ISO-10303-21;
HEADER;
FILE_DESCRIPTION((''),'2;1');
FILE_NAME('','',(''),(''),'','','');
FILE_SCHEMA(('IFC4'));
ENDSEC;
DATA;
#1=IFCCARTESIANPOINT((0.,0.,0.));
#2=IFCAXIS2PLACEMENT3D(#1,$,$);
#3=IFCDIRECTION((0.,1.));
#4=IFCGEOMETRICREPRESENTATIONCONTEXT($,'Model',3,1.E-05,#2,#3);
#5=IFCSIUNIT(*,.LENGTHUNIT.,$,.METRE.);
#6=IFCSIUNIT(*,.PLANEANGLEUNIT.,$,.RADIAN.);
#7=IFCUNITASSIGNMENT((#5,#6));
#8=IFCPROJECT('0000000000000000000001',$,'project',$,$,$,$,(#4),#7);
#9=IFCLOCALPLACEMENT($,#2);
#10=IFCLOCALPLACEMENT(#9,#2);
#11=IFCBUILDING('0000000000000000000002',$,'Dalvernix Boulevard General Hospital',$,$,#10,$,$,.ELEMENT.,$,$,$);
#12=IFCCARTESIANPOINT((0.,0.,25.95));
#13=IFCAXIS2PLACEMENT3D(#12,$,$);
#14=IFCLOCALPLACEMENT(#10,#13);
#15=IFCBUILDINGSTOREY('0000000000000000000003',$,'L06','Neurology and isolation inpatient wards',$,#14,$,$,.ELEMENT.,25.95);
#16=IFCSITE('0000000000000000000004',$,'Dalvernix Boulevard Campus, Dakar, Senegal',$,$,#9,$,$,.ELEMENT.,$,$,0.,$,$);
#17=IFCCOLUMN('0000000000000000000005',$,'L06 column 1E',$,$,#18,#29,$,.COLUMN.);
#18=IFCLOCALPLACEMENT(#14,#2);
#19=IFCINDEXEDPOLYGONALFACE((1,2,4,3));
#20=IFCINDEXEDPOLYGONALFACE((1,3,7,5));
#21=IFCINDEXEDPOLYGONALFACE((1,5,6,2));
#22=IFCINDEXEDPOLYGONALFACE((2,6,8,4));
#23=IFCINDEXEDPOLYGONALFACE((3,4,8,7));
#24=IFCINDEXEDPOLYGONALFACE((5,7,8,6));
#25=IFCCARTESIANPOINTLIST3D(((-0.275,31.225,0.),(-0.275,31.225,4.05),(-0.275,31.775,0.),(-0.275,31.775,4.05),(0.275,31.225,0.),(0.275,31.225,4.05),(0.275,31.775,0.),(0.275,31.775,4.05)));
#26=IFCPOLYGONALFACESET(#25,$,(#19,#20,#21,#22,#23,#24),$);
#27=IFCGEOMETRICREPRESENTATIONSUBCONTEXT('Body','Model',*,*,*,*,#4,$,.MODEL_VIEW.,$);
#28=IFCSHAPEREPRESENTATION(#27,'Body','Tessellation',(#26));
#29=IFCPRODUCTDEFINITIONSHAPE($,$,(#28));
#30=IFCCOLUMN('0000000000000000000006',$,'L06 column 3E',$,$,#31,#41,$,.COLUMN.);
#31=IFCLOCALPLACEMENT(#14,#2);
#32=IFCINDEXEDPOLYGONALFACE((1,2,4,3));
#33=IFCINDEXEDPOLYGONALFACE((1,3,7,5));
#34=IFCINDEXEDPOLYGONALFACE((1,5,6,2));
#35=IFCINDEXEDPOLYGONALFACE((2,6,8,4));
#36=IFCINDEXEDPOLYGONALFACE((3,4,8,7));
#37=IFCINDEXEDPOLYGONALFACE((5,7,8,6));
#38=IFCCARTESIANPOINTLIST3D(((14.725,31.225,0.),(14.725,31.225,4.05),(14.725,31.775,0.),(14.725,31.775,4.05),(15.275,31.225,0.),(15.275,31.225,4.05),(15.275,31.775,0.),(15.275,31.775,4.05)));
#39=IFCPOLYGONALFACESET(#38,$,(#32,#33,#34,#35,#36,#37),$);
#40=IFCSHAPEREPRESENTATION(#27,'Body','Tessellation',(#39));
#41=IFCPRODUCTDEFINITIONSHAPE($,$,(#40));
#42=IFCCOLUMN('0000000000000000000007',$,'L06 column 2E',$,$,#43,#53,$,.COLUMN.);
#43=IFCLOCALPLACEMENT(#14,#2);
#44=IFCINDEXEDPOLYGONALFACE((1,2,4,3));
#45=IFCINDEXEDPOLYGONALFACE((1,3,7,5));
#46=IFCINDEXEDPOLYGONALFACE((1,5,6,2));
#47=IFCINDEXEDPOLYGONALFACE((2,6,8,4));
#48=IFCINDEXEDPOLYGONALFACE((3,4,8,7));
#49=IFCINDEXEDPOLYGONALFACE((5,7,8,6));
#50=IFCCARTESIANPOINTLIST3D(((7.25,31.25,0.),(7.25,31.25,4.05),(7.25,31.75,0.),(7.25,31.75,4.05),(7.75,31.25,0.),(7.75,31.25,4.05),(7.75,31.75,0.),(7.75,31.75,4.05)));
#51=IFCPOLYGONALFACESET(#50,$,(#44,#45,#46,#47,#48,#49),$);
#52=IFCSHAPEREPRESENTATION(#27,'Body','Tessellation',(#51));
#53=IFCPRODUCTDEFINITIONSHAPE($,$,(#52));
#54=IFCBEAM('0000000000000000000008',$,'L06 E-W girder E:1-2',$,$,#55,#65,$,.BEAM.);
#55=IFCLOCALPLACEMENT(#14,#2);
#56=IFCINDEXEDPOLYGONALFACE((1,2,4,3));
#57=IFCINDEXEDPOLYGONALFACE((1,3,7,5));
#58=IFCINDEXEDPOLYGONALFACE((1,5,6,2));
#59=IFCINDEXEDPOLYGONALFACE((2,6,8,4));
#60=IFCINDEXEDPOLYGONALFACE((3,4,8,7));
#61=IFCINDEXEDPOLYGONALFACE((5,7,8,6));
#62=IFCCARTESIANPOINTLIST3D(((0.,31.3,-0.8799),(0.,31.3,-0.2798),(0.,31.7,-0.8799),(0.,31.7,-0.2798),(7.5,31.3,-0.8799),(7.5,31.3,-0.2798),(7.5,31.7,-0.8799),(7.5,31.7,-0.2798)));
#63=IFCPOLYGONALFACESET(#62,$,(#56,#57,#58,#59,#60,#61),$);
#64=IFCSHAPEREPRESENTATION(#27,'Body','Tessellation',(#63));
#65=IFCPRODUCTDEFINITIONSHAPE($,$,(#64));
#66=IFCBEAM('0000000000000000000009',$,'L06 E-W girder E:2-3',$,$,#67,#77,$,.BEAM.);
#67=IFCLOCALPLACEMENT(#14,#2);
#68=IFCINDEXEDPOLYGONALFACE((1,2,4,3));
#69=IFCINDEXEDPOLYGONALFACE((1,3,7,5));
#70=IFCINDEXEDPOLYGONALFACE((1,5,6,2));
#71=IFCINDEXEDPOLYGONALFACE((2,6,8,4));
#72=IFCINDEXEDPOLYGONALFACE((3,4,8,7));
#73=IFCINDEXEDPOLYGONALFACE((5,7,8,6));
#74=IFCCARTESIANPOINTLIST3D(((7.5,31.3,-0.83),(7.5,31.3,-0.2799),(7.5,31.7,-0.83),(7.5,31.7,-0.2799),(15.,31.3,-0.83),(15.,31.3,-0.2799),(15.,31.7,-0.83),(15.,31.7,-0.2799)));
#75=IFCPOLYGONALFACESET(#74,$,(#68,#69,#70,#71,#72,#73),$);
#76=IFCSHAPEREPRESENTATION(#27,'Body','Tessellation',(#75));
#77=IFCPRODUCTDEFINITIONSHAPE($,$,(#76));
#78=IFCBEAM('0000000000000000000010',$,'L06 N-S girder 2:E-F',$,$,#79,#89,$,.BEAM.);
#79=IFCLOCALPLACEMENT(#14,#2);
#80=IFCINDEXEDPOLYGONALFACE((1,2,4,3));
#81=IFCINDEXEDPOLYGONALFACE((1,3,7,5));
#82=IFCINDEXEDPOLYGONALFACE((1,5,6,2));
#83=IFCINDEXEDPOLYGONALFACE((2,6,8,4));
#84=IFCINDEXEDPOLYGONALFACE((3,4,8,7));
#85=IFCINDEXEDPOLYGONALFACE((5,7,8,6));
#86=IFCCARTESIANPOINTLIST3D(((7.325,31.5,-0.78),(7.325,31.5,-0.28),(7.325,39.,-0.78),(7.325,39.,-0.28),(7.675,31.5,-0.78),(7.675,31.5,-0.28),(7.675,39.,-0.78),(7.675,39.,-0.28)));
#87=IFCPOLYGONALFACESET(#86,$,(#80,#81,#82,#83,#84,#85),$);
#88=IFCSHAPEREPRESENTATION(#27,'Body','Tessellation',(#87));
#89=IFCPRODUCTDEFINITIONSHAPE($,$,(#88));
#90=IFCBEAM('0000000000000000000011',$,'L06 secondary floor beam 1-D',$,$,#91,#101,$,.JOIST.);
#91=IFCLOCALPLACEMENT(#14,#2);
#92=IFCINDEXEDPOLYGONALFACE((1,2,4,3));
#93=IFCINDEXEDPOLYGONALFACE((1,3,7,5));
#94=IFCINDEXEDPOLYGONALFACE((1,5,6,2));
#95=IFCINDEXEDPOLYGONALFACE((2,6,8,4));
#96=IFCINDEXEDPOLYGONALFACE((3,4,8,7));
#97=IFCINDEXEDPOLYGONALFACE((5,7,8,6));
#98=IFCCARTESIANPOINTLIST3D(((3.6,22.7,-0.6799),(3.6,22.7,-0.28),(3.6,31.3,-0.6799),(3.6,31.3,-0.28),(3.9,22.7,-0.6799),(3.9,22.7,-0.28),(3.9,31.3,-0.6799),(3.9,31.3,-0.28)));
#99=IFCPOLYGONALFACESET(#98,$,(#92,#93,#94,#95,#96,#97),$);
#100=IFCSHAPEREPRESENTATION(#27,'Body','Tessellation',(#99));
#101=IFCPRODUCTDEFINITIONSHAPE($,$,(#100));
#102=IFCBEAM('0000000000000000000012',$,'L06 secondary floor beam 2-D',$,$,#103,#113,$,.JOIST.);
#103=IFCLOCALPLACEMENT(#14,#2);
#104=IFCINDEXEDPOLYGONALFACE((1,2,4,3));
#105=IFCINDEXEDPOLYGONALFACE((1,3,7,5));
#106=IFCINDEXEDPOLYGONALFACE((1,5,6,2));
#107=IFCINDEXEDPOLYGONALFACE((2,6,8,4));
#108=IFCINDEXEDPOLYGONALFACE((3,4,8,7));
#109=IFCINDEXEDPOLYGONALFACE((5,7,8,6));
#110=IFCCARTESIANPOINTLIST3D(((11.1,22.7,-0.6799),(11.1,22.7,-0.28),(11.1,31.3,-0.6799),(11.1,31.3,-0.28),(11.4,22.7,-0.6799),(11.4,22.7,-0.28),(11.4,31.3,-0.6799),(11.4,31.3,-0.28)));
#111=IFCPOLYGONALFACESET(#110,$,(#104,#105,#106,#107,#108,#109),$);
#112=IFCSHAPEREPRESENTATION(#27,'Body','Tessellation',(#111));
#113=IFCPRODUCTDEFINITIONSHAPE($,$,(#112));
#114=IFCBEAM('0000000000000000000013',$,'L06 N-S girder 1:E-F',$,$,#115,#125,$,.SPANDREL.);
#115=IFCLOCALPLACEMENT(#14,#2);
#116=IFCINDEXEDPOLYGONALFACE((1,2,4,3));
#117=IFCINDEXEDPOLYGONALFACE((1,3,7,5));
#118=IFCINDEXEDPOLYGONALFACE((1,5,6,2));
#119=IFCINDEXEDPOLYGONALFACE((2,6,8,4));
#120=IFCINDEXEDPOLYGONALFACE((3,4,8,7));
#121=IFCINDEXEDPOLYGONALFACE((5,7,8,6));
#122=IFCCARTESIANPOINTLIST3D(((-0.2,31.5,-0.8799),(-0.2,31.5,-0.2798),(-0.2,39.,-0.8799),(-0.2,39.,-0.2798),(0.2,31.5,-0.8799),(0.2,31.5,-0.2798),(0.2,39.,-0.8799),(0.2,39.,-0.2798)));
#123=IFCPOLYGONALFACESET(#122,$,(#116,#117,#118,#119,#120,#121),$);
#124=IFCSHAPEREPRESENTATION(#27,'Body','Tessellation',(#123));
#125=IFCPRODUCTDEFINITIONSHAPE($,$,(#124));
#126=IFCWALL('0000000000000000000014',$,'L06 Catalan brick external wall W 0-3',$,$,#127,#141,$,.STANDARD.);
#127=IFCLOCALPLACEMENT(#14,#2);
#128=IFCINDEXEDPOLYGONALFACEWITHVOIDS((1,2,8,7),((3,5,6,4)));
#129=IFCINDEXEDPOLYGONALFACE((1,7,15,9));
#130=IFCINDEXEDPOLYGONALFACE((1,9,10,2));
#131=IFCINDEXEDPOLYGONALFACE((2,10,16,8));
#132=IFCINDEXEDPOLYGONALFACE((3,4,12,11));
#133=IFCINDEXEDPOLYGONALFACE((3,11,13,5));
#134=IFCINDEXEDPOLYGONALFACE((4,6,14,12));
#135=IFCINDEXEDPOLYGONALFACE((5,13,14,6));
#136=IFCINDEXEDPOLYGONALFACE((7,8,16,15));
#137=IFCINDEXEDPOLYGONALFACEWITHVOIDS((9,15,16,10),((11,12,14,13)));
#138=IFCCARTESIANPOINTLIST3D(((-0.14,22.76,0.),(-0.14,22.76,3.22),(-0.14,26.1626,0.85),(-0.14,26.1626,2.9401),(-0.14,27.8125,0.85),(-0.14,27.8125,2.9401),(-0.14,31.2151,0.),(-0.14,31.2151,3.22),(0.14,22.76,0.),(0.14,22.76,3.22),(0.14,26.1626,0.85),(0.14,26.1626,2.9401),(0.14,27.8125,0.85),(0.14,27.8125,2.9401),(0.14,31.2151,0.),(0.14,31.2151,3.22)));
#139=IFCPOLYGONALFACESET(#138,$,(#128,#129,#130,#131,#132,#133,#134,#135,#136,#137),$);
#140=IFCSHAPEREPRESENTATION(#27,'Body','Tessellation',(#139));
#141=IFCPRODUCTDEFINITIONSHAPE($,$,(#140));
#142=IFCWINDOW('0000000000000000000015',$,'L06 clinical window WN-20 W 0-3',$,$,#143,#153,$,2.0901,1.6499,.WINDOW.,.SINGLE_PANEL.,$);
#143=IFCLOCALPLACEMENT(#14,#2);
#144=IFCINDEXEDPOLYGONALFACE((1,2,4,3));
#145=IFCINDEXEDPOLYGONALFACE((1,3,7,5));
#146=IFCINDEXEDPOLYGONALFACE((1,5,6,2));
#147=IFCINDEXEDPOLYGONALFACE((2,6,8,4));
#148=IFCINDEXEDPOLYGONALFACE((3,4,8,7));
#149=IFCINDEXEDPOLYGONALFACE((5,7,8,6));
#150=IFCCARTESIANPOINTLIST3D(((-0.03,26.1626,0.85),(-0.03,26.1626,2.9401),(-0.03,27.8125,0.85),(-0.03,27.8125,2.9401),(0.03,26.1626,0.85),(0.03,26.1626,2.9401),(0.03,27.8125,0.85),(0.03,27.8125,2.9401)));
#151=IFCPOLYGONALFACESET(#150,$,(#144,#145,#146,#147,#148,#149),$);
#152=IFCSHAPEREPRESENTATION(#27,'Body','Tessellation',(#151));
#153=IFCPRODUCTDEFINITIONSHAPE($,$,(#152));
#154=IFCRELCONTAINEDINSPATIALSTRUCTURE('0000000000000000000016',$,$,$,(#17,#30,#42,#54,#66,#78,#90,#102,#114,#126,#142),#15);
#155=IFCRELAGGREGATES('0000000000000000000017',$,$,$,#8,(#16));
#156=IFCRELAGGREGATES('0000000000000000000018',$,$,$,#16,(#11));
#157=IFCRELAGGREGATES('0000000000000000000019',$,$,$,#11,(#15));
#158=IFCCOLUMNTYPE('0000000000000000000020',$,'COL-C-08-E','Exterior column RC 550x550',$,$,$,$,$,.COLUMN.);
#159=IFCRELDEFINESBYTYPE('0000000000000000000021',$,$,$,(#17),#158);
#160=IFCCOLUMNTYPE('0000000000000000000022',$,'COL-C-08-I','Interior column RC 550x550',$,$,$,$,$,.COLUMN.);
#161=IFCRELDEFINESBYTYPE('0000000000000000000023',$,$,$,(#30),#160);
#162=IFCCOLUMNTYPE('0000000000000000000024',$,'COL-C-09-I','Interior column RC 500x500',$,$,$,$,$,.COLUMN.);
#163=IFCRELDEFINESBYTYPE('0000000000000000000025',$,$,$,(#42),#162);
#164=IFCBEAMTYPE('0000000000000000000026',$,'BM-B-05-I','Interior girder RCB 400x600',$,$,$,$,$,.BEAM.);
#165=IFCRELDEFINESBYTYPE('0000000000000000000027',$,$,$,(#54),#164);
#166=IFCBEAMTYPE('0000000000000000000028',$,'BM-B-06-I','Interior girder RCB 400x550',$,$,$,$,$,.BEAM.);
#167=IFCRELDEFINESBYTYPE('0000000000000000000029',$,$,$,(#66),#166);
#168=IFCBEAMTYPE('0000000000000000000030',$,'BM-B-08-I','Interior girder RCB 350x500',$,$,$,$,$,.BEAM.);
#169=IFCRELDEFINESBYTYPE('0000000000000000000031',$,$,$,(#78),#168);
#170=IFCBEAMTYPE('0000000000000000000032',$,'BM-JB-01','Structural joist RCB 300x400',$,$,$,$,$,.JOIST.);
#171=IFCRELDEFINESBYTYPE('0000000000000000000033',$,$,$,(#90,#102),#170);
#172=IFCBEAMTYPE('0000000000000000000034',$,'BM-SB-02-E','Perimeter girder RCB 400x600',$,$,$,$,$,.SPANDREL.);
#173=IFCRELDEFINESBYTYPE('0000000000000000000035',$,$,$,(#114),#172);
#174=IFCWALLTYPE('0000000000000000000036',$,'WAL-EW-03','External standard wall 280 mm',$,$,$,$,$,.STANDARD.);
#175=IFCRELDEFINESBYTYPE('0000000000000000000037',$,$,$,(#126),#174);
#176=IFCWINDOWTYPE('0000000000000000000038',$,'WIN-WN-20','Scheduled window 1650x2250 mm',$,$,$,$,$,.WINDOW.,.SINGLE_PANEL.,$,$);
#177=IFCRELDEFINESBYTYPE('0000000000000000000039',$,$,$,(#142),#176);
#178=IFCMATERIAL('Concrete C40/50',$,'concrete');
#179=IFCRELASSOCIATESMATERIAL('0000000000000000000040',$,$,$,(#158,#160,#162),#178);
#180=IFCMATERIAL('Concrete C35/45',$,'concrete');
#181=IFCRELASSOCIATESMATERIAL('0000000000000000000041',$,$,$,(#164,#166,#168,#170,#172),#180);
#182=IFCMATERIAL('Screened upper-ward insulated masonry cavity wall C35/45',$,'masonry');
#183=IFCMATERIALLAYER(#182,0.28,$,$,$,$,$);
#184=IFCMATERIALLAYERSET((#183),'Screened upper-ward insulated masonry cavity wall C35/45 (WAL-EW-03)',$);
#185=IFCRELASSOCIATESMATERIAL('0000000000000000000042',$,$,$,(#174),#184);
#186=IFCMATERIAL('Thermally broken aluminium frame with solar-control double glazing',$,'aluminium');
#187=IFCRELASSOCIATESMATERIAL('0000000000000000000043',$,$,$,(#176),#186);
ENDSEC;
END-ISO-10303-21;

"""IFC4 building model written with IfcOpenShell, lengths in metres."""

from ifc_helpers import new_model, si_unit, direction, frame, frame_2d, origin, origin_2d, place, context, subcontext, project, spatial, rectangle, extrude, material, layer, layer_set, material_profile, profile_set, type_object, element, fill, save


model = new_model("IFC4")

# Units and contexts
model_context = context("Model", 3, precision=1e-05, world=origin(), true_north=direction((0.0, 1.0)))
body_context = subcontext(model_context, "Body", "Model", "MODEL_VIEW")
ifc_project = project(units=[si_unit("LENGTHUNIT", "METRE"), si_unit("PLANEANGLEUNIT", "RADIAN")], contexts=[model_context])

# Site, building, storey
site_placement = place(None, origin())
site = spatial("IfcSite", under=ifc_project, at=site_placement, Name="Dalvernix Boulevard Campus, Dakar, Senegal", CompositionType="ELEMENT", RefElevation=0.0)
building_placement = place(site_placement, origin())
building = spatial("IfcBuilding", under=site, at=building_placement, Name="Dalvernix Boulevard General Hospital", CompositionType="ELEMENT")
storey_placement = place(building_placement, frame((0.0, 0.0, 25.95)))
storey = spatial("IfcBuildingStorey", under=building, at=storey_placement, Name="L06", Description="Neurology and isolation inpatient wards", CompositionType="ELEMENT", Elevation=25.95)

# Columns
ifc_material_1 = material(Name="Concrete C40/50", Category="concrete")
ifc_material_profile_1 = material_profile(ifc_material_1, rectangle(XDim=0.55, YDim=0.55, at=origin_2d()), Name="RC 550x550")
ifc_profile_set_1 = profile_set([ifc_material_profile_1], Name="Concrete C40/50")
column_type_1 = type_object("IfcColumnType", Name="COL-C-08-E", Description="Exterior column RC 550x550", PredefinedType="COLUMN", material=ifc_profile_set_1)
column_1_placement = place(storey_placement, frame((0.0, 31.5, 0.0), z_axis=(0.0, 0.0, 1.0), x_axis=(1.0, 0.0, 0.0)))
element("IfcColumn", 1, at=column_1_placement, inside=storey, type_object=column_type_1, Name="L06 column 1E", PredefinedType="COLUMN", context=body_context, shape_type="SweptSolid", body=[
    extrude(rectangle(XDim=0.55, YDim=0.55, at=origin_2d()), origin(), (0.0, 0.0, 1.0), 4.05),
])
ifc_material_profile_2 = material_profile(ifc_material_1, rectangle(XDim=0.55, YDim=0.55, at=origin_2d()), Name="RC 550x550")
ifc_profile_set_2 = profile_set([ifc_material_profile_2], Name="Concrete C40/50")
column_type_2 = type_object("IfcColumnType", Name="COL-C-08-I", Description="Interior column RC 550x550", PredefinedType="COLUMN", material=ifc_profile_set_2)
column_2_placement = place(storey_placement, frame((15.0, 31.5, 0.0), z_axis=(0.0, 0.0, 1.0), x_axis=(1.0, 0.0, 0.0)))
element("IfcColumn", 2, at=column_2_placement, inside=storey, type_object=column_type_2, Name="L06 column 3E", PredefinedType="COLUMN", context=body_context, shape_type="SweptSolid", body=[
    extrude(rectangle(XDim=0.55, YDim=0.55, at=origin_2d()), origin(), (0.0, 0.0, 1.0), 4.05),
])
ifc_material_profile_3 = material_profile(ifc_material_1, rectangle(XDim=0.5, YDim=0.5, at=origin_2d()), Name="RC 500x500")
ifc_profile_set_3 = profile_set([ifc_material_profile_3], Name="Concrete C40/50")
column_type_3 = type_object("IfcColumnType", Name="COL-C-09-I", Description="Interior column RC 500x500", PredefinedType="COLUMN", material=ifc_profile_set_3)
column_3_placement = place(storey_placement, frame((7.5, 31.5, 0.0), z_axis=(0.0, 0.0, 1.0), x_axis=(1.0, 0.0, 0.0)))
element("IfcColumn", 3, at=column_3_placement, inside=storey, type_object=column_type_3, Name="L06 column 2E", PredefinedType="COLUMN", context=body_context, shape_type="SweptSolid", body=[
    extrude(rectangle(XDim=0.5, YDim=0.5, at=origin_2d()), origin(), (0.0, 0.0, 1.0), 4.05),
])

# Beams
ifc_material_2 = material(Name="Concrete C35/45", Category="concrete")
ifc_material_profile_4 = material_profile(ifc_material_2, rectangle(XDim=0.3999, YDim=0.6001, at=origin_2d()), Name="RCB 400x600")
ifc_profile_set_4 = profile_set([ifc_material_profile_4], Name="Concrete C35/45")
beam_type_1 = type_object("IfcBeamType", Name="BM-B-05-I", Description="Interior girder RCB 400x600", PredefinedType="BEAM", material=ifc_profile_set_4)
beam_1_placement = place(storey_placement, frame((0.0, 31.5, -0.5798), z_axis=(1.0, 0.0, 0.0), x_axis=(0.0, 1.0, 0.0)))
element("IfcBeam", 4, at=beam_1_placement, inside=storey, type_object=beam_type_1, Name="L06 E-W girder E:1-2", PredefinedType="BEAM", context=body_context, shape_type="SweptSolid", body=[
    extrude(rectangle(XDim=0.3999, YDim=0.6001, at=origin_2d()), origin(), (0.0, 0.0, 1.0), 7.5),
])
ifc_material_profile_5 = material_profile(ifc_material_2, rectangle(XDim=0.3999, YDim=0.55, at=origin_2d()), Name="RCB 400x550")
ifc_profile_set_5 = profile_set([ifc_material_profile_5], Name="Concrete C35/45")
beam_type_2 = type_object("IfcBeamType", Name="BM-B-06-I", Description="Interior girder RCB 400x550", PredefinedType="BEAM", material=ifc_profile_set_5)
beam_2_placement = place(storey_placement, frame((7.5, 31.5, -0.5549), z_axis=(1.0, 0.0, 0.0), x_axis=(0.0, 1.0, 0.0)))
element("IfcBeam", 5, at=beam_2_placement, inside=storey, type_object=beam_type_2, Name="L06 E-W girder E:2-3", PredefinedType="BEAM", context=body_context, shape_type="SweptSolid", body=[
    extrude(rectangle(XDim=0.3999, YDim=0.55, at=origin_2d()), origin(), (0.0, 0.0, 1.0), 7.5),
])
ifc_material_profile_6 = material_profile(ifc_material_2, rectangle(XDim=0.3501, YDim=0.5, at=origin_2d()), Name="RCB 350x500")
ifc_profile_set_6 = profile_set([ifc_material_profile_6], Name="Concrete C35/45")
beam_type_3 = type_object("IfcBeamType", Name="BM-B-08-I", Description="Interior girder RCB 350x500", PredefinedType="BEAM", material=ifc_profile_set_6)
beam_3_placement = place(storey_placement, frame((7.5, 31.5, -0.53), z_axis=(0.0, 1.0, 0.0), x_axis=(-1.0, 0.0, 0.0)))
element("IfcBeam", 6, at=beam_3_placement, inside=storey, type_object=beam_type_3, Name="L06 N-S girder 2:E-F", PredefinedType="BEAM", context=body_context, shape_type="SweptSolid", body=[
    extrude(rectangle(XDim=0.3501, YDim=0.5, at=origin_2d()), origin(), (0.0, 0.0, 1.0), 7.5),
])
ifc_material_profile_7 = material_profile(ifc_material_2, rectangle(XDim=0.3, YDim=0.3999, at=origin_2d()), Name="RCB 300x400")
ifc_profile_set_7 = profile_set([ifc_material_profile_7], Name="Concrete C35/45")
beam_type_4 = type_object("IfcBeamType", Name="BM-JB-01", Description="Structural joist RCB 300x400", PredefinedType="JOIST", material=ifc_profile_set_7)
for number, where, z_axis, x_axis, name in (
    (7, (3.75, 22.7, -0.48), (0.0, 1.0, 0.0), (-1.0, 0.0, 0.0), "L06 secondary floor beam 1-D"),
    (8, (11.25, 22.7, -0.48), (0.0, 1.0, 0.0), (-1.0, 0.0, 0.0), "L06 secondary floor beam 2-D"),
):
    element("IfcBeam", number, at=place(storey_placement, frame(where, z_axis=z_axis, x_axis=x_axis)), inside=storey, type_object=beam_type_4, Name=name, PredefinedType="JOIST", context=body_context, shape_type="SweptSolid", body=[
        extrude(rectangle(XDim=0.3, YDim=0.3999, at=origin_2d()), origin(), (0.0, 0.0, 1.0), 8.6001),
    ])
ifc_material_profile_8 = material_profile(ifc_material_2, rectangle(XDim=0.3999, YDim=0.6001, at=origin_2d()), Name="RCB 400x600")
ifc_profile_set_8 = profile_set([ifc_material_profile_8], Name="Concrete C35/45")
beam_type_5 = type_object("IfcBeamType", Name="BM-SB-02-E", Description="Perimeter girder RCB 400x600", PredefinedType="SPANDREL", material=ifc_profile_set_8)
beam_4_placement = place(storey_placement, frame((0.0, 31.5, -0.5798), z_axis=(0.0, 1.0, 0.0), x_axis=(-1.0, 0.0, 0.0)))
element("IfcBeam", 9, at=beam_4_placement, inside=storey, type_object=beam_type_5, Name="L06 N-S girder 1:E-F", PredefinedType="SPANDREL", context=body_context, shape_type="SweptSolid", body=[
    extrude(rectangle(XDim=0.3999, YDim=0.6001, at=origin_2d()), origin(), (0.0, 0.0, 1.0), 7.5),
])

# Wall, opening, window
ifc_material_3 = material(Name="Screened upper-ward insulated masonry cavity wall C35/45", Category="masonry")
ifc_layer_1 = layer(ifc_material_3, 0.28)
ifc_layer_set_1 = layer_set([ifc_layer_1], Name="Screened upper-ward insulated masonry cavity wall C35/45 (WAL-EW-03)")
wall_type_1 = type_object("IfcWallType", Name="WAL-EW-03", Description="External standard wall 280 mm", PredefinedType="STANDARD", material=ifc_layer_set_1)
wall_1_placement = place(storey_placement, frame((0.0, 22.76, 0.0), z_axis=(0.0, 0.0, 1.0), x_axis=(0.0, 1.0, 0.0)))
wall_1 = element("IfcWall", 10, at=wall_1_placement, inside=storey, type_object=wall_type_1, Name="L06 Catalan brick external wall W 0-3", PredefinedType="STANDARD", context=body_context, shape_type="SweptSolid", body=[
    extrude(rectangle(XDim=8.4551, YDim=0.28, at=frame_2d((4.2275, 0.0))), origin(), (0.0, 0.0, 1.0), 3.22),
])
opening_1_placement = place(wall_1_placement, frame((3.4026, 0.0, 0.8501)))
opening_1 = element("IfcOpeningElement", 11, at=opening_1_placement, cuts=wall_1, PredefinedType="OPENING", context=body_context, shape_type="SweptSolid", body=[
    extrude(rectangle(XDim=1.6499, YDim=2.0901, at=frame_2d((0.825, 1.0449))), frame((0.0, 0.1499, 0.0), z_axis=(0.0, -1.0, 0.0), x_axis=(1.0, 0.0, 0.0)), (0.0, 0.0, 1.0), 0.3),
])
ifc_material_4 = material(Name="Thermally broken aluminium frame with solar-control double glazing", Category="aluminium")
window_type_1 = type_object("IfcWindowType", Name="WIN-WN-20", Description="Scheduled window 1650x2250 mm", PartitioningType="SINGLE_PANEL", PredefinedType="WINDOW", material=ifc_material_4)
window_1_placement = place(opening_1_placement, origin())
window_1 = element("IfcWindow", 12, at=window_1_placement, inside=storey, type_object=window_type_1, Name="L06 clinical window WN-20 W 0-3", OverallHeight=2.0901, OverallWidth=1.6499, PartitioningType="SINGLE_PANEL", PredefinedType="WINDOW", context=body_context, shape_type="SweptSolid", body=[
    extrude(rectangle(XDim=1.6499, YDim=2.0901, at=frame_2d((0.825, 1.0449))), frame((0.0, 0.03, 0.0), z_axis=(0.0, -1.0, 0.0), x_axis=(1.0, 0.0, 0.0)), (0.0, 0.0, 1.0), 0.0601),
])
fill(opening_1, window_1)

save(model, "model.ifc")
